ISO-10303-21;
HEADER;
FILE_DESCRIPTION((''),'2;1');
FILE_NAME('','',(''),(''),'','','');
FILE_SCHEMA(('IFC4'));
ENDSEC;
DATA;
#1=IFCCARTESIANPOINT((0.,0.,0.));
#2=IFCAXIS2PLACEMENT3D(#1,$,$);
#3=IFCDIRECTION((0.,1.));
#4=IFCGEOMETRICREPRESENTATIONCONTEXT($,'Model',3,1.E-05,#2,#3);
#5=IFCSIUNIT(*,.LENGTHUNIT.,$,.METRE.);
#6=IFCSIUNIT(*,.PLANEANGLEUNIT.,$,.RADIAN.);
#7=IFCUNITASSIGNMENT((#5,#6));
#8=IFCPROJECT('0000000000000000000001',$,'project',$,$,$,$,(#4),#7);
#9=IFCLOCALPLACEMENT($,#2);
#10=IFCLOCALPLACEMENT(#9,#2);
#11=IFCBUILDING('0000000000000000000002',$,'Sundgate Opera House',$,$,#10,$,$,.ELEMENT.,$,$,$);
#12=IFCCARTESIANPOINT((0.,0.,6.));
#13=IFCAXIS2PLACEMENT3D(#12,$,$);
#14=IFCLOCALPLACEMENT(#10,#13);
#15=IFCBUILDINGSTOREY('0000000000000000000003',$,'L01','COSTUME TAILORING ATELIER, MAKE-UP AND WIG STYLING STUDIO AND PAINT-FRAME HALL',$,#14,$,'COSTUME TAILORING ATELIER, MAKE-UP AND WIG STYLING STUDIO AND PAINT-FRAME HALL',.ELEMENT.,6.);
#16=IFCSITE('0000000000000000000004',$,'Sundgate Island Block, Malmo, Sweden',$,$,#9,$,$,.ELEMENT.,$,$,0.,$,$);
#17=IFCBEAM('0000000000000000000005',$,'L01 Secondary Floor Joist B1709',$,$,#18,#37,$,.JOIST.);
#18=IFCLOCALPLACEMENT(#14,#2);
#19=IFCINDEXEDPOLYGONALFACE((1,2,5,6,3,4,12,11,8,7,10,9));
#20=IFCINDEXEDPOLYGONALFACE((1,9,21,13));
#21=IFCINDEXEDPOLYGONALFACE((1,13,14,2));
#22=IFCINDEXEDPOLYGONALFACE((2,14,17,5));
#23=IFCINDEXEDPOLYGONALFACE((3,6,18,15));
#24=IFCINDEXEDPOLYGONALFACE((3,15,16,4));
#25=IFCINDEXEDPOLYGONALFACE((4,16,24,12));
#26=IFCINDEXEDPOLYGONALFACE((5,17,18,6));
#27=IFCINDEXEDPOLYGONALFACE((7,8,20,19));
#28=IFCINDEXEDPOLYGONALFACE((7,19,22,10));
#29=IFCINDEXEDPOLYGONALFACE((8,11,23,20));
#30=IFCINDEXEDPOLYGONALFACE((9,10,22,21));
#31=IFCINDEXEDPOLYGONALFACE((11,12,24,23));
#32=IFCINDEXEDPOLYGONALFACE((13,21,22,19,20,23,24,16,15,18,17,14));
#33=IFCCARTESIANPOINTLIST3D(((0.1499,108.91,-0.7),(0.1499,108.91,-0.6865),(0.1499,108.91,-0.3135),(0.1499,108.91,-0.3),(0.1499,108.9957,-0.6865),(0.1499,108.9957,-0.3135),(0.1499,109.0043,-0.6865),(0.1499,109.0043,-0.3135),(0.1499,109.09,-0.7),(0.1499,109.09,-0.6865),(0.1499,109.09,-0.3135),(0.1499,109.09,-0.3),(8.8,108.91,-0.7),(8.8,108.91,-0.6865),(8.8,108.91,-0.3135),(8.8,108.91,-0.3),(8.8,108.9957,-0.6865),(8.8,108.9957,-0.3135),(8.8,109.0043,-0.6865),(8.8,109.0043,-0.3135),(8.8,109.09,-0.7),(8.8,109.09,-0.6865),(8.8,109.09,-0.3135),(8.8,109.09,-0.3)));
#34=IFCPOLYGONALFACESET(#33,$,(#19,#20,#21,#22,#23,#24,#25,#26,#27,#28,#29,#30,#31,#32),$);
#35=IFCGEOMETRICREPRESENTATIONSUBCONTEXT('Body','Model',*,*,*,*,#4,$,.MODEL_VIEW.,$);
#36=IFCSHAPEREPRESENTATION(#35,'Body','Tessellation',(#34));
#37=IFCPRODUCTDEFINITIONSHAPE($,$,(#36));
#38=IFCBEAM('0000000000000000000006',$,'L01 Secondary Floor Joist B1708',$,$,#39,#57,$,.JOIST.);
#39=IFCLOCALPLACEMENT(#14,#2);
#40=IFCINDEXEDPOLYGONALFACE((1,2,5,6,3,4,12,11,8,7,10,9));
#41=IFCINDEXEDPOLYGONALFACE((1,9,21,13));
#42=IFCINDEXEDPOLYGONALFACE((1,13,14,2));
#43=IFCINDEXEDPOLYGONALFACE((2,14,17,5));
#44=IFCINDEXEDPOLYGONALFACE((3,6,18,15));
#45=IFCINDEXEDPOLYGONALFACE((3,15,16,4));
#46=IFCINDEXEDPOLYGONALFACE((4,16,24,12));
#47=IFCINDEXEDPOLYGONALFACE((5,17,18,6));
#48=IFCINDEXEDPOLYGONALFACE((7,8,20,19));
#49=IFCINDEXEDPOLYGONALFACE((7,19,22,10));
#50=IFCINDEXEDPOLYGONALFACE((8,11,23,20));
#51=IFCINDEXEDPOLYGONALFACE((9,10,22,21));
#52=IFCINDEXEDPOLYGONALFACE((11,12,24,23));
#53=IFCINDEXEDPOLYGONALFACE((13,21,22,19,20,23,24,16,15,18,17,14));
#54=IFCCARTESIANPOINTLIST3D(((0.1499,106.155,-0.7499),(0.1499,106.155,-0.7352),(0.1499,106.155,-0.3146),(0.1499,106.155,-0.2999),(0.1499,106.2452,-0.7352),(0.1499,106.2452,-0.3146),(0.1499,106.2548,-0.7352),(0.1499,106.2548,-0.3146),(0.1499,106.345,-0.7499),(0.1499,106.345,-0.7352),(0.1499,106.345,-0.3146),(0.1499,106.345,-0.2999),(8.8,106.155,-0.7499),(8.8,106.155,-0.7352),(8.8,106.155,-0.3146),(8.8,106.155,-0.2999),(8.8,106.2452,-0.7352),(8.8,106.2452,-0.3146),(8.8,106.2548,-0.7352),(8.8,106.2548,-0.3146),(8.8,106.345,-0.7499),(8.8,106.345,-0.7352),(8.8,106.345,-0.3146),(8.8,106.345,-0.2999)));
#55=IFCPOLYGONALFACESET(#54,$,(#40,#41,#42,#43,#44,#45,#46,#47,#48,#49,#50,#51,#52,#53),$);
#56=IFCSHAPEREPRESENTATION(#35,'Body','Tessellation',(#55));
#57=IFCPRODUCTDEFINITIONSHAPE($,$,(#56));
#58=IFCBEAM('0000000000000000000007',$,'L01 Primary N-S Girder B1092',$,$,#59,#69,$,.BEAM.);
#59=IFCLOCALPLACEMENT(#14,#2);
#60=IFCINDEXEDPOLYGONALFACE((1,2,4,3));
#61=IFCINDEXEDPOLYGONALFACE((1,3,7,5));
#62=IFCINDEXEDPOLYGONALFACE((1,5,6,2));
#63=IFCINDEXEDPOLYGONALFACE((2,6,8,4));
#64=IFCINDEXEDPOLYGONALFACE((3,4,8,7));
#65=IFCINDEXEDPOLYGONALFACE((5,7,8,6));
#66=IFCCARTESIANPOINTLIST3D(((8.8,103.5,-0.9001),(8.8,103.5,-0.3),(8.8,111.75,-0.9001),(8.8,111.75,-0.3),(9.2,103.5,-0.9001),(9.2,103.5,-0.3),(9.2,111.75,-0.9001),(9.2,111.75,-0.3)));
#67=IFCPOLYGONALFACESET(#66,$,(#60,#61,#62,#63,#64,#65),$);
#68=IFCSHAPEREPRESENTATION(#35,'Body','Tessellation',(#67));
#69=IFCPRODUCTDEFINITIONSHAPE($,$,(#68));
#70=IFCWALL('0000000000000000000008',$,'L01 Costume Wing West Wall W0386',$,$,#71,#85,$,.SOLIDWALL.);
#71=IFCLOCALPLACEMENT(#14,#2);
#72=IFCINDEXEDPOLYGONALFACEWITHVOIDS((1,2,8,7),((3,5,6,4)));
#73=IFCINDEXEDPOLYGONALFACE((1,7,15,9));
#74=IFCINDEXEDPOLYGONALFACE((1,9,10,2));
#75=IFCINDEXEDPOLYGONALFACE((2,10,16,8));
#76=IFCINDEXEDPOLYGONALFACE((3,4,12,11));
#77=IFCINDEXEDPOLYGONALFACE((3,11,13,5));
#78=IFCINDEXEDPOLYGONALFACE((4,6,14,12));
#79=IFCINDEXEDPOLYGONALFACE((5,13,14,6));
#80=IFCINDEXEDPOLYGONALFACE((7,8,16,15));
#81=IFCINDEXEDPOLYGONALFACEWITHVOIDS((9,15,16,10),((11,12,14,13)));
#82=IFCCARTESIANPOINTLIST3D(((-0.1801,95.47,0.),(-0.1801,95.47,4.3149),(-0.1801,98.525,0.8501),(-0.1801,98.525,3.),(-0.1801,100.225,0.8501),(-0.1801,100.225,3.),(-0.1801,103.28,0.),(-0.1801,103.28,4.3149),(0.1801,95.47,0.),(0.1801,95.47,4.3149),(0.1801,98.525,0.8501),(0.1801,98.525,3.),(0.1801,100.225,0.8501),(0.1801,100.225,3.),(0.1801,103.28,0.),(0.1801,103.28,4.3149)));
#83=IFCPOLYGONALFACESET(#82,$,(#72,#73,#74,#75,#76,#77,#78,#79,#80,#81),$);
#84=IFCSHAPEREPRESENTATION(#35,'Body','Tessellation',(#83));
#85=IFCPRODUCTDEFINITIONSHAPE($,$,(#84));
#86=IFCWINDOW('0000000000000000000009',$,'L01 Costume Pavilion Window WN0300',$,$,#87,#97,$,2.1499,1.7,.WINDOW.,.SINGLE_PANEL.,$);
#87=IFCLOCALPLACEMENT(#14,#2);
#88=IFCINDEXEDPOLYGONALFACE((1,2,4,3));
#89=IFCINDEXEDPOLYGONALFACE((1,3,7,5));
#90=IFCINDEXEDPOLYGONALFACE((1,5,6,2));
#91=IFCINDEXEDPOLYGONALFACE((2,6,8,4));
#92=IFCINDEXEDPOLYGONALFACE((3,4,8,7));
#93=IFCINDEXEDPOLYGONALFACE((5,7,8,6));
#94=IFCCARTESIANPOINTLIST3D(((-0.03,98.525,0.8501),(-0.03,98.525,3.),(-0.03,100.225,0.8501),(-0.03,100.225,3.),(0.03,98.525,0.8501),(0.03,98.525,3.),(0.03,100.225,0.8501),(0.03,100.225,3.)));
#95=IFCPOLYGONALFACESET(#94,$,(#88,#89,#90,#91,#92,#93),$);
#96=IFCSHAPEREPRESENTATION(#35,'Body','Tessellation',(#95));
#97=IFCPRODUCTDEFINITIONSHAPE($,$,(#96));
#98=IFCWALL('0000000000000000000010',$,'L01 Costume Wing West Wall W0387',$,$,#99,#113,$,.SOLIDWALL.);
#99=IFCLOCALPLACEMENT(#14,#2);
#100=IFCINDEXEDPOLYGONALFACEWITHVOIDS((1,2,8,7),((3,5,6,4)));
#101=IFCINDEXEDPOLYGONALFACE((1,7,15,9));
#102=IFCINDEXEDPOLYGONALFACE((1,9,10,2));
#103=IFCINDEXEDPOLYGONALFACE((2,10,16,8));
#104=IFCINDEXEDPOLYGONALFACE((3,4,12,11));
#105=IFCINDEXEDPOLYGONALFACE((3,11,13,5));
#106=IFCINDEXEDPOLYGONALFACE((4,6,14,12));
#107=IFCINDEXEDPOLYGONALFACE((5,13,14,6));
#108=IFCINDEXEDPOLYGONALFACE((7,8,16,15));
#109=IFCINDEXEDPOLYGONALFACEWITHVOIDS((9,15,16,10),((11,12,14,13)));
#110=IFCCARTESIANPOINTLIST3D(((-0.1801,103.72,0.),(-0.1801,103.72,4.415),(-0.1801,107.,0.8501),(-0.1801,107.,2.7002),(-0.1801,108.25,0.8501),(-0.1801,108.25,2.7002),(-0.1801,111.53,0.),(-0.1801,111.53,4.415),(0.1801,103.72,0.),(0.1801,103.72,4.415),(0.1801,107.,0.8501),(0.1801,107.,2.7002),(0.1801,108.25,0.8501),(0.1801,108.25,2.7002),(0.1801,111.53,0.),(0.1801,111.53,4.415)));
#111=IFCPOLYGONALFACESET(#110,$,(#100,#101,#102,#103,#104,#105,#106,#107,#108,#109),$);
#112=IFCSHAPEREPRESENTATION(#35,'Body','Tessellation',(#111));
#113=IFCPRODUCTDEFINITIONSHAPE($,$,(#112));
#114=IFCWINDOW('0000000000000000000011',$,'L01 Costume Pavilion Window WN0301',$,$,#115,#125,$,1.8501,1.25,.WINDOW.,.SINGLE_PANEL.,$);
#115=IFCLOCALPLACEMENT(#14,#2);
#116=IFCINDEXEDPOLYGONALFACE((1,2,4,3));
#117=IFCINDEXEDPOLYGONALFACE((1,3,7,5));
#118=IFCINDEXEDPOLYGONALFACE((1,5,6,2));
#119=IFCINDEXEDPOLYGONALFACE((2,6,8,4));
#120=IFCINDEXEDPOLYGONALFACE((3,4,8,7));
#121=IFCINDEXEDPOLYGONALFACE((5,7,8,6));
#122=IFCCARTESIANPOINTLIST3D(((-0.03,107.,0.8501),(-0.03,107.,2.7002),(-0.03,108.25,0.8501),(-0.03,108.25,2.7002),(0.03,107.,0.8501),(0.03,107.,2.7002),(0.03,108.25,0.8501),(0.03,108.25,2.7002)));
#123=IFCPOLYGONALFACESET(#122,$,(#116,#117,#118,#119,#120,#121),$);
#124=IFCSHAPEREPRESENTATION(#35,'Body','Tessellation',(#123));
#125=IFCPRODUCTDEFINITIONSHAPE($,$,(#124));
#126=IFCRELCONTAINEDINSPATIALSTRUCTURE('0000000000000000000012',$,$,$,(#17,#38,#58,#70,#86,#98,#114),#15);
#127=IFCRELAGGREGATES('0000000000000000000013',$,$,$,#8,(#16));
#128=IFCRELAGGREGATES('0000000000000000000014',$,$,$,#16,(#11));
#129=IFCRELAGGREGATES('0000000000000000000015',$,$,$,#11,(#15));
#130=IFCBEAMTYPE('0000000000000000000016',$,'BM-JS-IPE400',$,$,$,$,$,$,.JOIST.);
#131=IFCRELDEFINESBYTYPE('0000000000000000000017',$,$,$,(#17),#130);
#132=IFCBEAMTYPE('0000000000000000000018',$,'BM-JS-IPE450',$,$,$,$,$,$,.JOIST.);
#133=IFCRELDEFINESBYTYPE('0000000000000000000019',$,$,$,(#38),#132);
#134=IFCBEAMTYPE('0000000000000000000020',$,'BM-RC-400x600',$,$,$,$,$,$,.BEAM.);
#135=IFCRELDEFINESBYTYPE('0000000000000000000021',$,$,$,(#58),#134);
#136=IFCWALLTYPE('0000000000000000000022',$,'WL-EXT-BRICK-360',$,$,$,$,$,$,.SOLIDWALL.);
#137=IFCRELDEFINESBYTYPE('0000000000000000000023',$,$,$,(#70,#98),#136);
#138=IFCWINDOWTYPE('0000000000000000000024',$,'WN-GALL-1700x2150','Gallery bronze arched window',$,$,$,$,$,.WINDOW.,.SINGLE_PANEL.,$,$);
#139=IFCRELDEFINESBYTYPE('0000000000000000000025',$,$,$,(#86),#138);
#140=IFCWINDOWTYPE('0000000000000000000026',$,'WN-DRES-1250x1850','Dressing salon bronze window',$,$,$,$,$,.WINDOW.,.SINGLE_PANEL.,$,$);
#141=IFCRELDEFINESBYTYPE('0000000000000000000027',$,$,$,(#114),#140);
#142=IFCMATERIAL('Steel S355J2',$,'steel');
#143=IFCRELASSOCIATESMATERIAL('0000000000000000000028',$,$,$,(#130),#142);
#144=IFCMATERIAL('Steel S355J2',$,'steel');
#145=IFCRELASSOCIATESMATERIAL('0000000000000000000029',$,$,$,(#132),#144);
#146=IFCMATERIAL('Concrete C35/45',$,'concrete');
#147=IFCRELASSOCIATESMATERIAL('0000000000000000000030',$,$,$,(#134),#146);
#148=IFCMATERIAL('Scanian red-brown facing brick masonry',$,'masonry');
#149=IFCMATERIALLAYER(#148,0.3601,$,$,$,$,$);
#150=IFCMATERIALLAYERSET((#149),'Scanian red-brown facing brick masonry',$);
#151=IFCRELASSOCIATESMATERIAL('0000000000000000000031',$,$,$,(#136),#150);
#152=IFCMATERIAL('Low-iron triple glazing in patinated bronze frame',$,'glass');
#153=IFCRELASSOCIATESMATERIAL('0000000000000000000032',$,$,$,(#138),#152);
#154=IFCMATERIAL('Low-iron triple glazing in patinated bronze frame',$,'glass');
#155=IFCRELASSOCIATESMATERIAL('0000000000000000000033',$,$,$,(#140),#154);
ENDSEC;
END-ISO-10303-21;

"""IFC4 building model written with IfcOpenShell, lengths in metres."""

from ifc_helpers import new_model, si_unit, direction, frame, frame_2d, origin, origin_2d, place, context, subcontext, project, spatial, rectangle, i_section, extrude, material, layer, layer_set, material_profile, profile_set, type_object, element, fill, save


model = new_model("IFC4")

# Units and contexts
model_context = context("Model", 3, precision=1e-05, world=origin(), true_north=direction((0.0, 1.0)))
body_context = subcontext(model_context, "Body", "Model", "MODEL_VIEW")
ifc_project = project(units=[si_unit("LENGTHUNIT", "METRE"), si_unit("PLANEANGLEUNIT", "RADIAN")], contexts=[model_context])

# Site, building, storey
site_placement = place(None, origin())
site = spatial("IfcSite", under=ifc_project, at=site_placement, Name="Sundgate Island Block, Malmo, Sweden", CompositionType="ELEMENT", RefElevation=0.0)
building_placement = place(site_placement, origin())
building = spatial("IfcBuilding", under=site, at=building_placement, Name="Sundgate Opera House", CompositionType="ELEMENT")
storey_placement = place(building_placement, frame((0.0, 0.0, 6.0)))
storey = spatial("IfcBuildingStorey", under=building, at=storey_placement, Name="L01", Description="COSTUME TAILORING ATELIER, MAKE-UP AND WIG STYLING STUDIO AND PAINT-FRAME HALL", LongName="COSTUME TAILORING ATELIER, MAKE-UP AND WIG STYLING STUDIO AND PAINT-FRAME HALL", CompositionType="ELEMENT", Elevation=6.0)

# Beams
ifc_material_1 = material(Name="Steel S355J2", Category="steel")
ifc_material_profile_1 = material_profile(ifc_material_1, i_section(OverallWidth=0.1799, OverallDepth=0.3999, WebThickness=0.0085, FlangeThickness=0.0134, at=origin_2d()), Name="IPE 400")
ifc_profile_set_1 = profile_set([ifc_material_profile_1], Name="Steel S355J2")
beam_type_1 = type_object("IfcBeamType", Name="BM-JS-IPE400", PredefinedType="JOIST", material=ifc_profile_set_1)
beam_1_placement = place(storey_placement, frame((0.1499, 109.0, -0.5), z_axis=(1.0, 0.0, 0.0), x_axis=(0.0, 1.0, 0.0)))
element("IfcBeam", 1, at=beam_1_placement, inside=storey, type_object=beam_type_1, Name="L01 Secondary Floor Joist B1709", PredefinedType="JOIST", context=body_context, shape_type="SweptSolid", body=[
    extrude(i_section(OverallWidth=0.1799, OverallDepth=0.3999, WebThickness=0.0085, FlangeThickness=0.0134, at=origin_2d()), origin(), (0.0, 0.0, 1.0), 8.6501),
])
ifc_material_2 = material(Name="Steel S355J2", Category="steel")
ifc_material_profile_2 = material_profile(ifc_material_2, i_section(OverallWidth=0.1899, OverallDepth=0.45, WebThickness=0.0095, FlangeThickness=0.0146, at=origin_2d()), Name="IPE 450")
ifc_profile_set_2 = profile_set([ifc_material_profile_2], Name="Steel S355J2")
beam_type_2 = type_object("IfcBeamType", Name="BM-JS-IPE450", PredefinedType="JOIST", material=ifc_profile_set_2)
beam_2_placement = place(storey_placement, frame((0.1499, 106.25, -0.5249), z_axis=(1.0, 0.0, 0.0), x_axis=(0.0, 1.0, 0.0)))
element("IfcBeam", 2, at=beam_2_placement, inside=storey, type_object=beam_type_2, Name="L01 Secondary Floor Joist B1708", PredefinedType="JOIST", context=body_context, shape_type="SweptSolid", body=[
    extrude(i_section(OverallWidth=0.1899, OverallDepth=0.45, WebThickness=0.0095, FlangeThickness=0.0146, at=origin_2d()), origin(), (0.0, 0.0, 1.0), 8.6501),
])
ifc_material_3 = material(Name="Concrete C35/45", Category="concrete")
ifc_material_profile_3 = material_profile(ifc_material_3, rectangle(XDim=0.3999, YDim=0.6001, at=origin_2d()), Name="RC 400x600")
ifc_profile_set_3 = profile_set([ifc_material_profile_3], Name="Concrete C35/45")
beam_type_3 = type_object("IfcBeamType", Name="BM-RC-400x600", PredefinedType="BEAM", material=ifc_profile_set_3)
beam_3_placement = place(storey_placement, frame((9.0, 103.5, -0.6001), z_axis=(0.0, 1.0, 0.0), x_axis=(-1.0, 0.0, 0.0)))
element("IfcBeam", 3, at=beam_3_placement, inside=storey, type_object=beam_type_3, Name="L01 Primary N-S Girder B1092", PredefinedType="BEAM", context=body_context, shape_type="SweptSolid", body=[
    extrude(rectangle(XDim=0.3999, YDim=0.6001, at=origin_2d()), origin(), (0.0, 0.0, 1.0), 8.25),
])

# Walls, openings, windows
ifc_material_4 = material(Name="Scanian red-brown facing brick masonry", Category="masonry")
ifc_layer = layer(ifc_material_4, 0.3601)
ifc_layer_set = layer_set([ifc_layer], Name="Scanian red-brown facing brick masonry")
wall_type = type_object("IfcWallType", Name="WL-EXT-BRICK-360", PredefinedType="SOLIDWALL", material=ifc_layer_set)
wall_1_placement = place(storey_placement, frame((0.0, 103.28, 0.0), z_axis=(0.0, 0.0, 1.0), x_axis=(0.0, -1.0, 0.0)))
wall_1 = element("IfcWall", 4, at=wall_1_placement, inside=storey, type_object=wall_type, Name="L01 Costume Wing West Wall W0386", PredefinedType="SOLIDWALL", context=body_context, shape_type="SweptSolid", body=[
    extrude(rectangle(XDim=7.8101, YDim=0.3601, at=frame_2d((3.905, 0.0))), origin(), (0.0, 0.0, 1.0), 4.3149),
])
opening_1_placement = place(wall_1_placement, frame((3.0549, 0.0, 0.8501)))
opening_1 = element("IfcOpeningElement", 5, at=opening_1_placement, cuts=wall_1, PredefinedType="OPENING", context=body_context, shape_type="SweptSolid", body=[
    extrude(rectangle(XDim=1.7, YDim=2.1499, at=frame_2d((0.8501, 1.075))), frame((0.0, 0.1899, 0.0), z_axis=(0.0, -1.0, 0.0), x_axis=(1.0, 0.0, 0.0)), (0.0, 0.0, 1.0), 0.3801),
])
ifc_material_5 = material(Name="Low-iron triple glazing in patinated bronze frame", Category="glass")
window_type_1 = type_object("IfcWindowType", Name="WN-GALL-1700x2150", Description="Gallery bronze arched window", PartitioningType="SINGLE_PANEL", PredefinedType="WINDOW", material=ifc_material_5)
window_1_placement = place(opening_1_placement, origin())
window_1 = element("IfcWindow", 6, at=window_1_placement, inside=storey, type_object=window_type_1, Name="L01 Costume Pavilion Window WN0300", OverallHeight=2.1499, OverallWidth=1.7, PartitioningType="SINGLE_PANEL", PredefinedType="WINDOW", context=body_context, shape_type="SweptSolid", body=[
    extrude(rectangle(XDim=1.7, YDim=2.1499, at=frame_2d((0.8501, 1.075))), frame((0.0, 0.03, 0.0), z_axis=(0.0, -1.0, 0.0), x_axis=(1.0, 0.0, 0.0)), (0.0, 0.0, 1.0), 0.0601),
])
fill(opening_1, window_1)
wall_2_placement = place(storey_placement, frame((0.0, 111.53, 0.0), z_axis=(0.0, 0.0, 1.0), x_axis=(0.0, -1.0, 0.0)))
wall_2 = element("IfcWall", 7, at=wall_2_placement, inside=storey, type_object=wall_type, Name="L01 Costume Wing West Wall W0387", PredefinedType="SOLIDWALL", context=body_context, shape_type="SweptSolid", body=[
    extrude(rectangle(XDim=7.8101, YDim=0.3601, at=frame_2d((3.905, 0.0))), origin(), (0.0, 0.0, 1.0), 4.415),
])
opening_2_placement = place(wall_2_placement, frame((3.28, 0.0, 0.8501)))
opening_2 = element("IfcOpeningElement", 8, at=opening_2_placement, cuts=wall_2, PredefinedType="OPENING", context=body_context, shape_type="SweptSolid", body=[
    extrude(rectangle(XDim=1.25, YDim=1.8501, at=frame_2d((0.625, 0.925))), frame((0.0, 0.1899, 0.0), z_axis=(0.0, -1.0, 0.0), x_axis=(1.0, 0.0, 0.0)), (0.0, 0.0, 1.0), 0.3801),
])
ifc_material_6 = material(Name="Low-iron triple glazing in patinated bronze frame", Category="glass")
window_type_2 = type_object("IfcWindowType", Name="WN-DRES-1250x1850", Description="Dressing salon bronze window", PartitioningType="SINGLE_PANEL", PredefinedType="WINDOW", material=ifc_material_6)
window_2_placement = place(opening_2_placement, origin())
window_2 = element("IfcWindow", 9, at=window_2_placement, inside=storey, type_object=window_type_2, Name="L01 Costume Pavilion Window WN0301", OverallHeight=1.8501, OverallWidth=1.25, PartitioningType="SINGLE_PANEL", PredefinedType="WINDOW", context=body_context, shape_type="SweptSolid", body=[
    extrude(rectangle(XDim=1.25, YDim=1.8501, at=frame_2d((0.625, 0.925))), frame((0.0, 0.03, 0.0), z_axis=(0.0, -1.0, 0.0), x_axis=(1.0, 0.0, 0.0)), (0.0, 0.0, 1.0), 0.0601),
])
fill(opening_2, window_2)

save(model, "model.ifc")
